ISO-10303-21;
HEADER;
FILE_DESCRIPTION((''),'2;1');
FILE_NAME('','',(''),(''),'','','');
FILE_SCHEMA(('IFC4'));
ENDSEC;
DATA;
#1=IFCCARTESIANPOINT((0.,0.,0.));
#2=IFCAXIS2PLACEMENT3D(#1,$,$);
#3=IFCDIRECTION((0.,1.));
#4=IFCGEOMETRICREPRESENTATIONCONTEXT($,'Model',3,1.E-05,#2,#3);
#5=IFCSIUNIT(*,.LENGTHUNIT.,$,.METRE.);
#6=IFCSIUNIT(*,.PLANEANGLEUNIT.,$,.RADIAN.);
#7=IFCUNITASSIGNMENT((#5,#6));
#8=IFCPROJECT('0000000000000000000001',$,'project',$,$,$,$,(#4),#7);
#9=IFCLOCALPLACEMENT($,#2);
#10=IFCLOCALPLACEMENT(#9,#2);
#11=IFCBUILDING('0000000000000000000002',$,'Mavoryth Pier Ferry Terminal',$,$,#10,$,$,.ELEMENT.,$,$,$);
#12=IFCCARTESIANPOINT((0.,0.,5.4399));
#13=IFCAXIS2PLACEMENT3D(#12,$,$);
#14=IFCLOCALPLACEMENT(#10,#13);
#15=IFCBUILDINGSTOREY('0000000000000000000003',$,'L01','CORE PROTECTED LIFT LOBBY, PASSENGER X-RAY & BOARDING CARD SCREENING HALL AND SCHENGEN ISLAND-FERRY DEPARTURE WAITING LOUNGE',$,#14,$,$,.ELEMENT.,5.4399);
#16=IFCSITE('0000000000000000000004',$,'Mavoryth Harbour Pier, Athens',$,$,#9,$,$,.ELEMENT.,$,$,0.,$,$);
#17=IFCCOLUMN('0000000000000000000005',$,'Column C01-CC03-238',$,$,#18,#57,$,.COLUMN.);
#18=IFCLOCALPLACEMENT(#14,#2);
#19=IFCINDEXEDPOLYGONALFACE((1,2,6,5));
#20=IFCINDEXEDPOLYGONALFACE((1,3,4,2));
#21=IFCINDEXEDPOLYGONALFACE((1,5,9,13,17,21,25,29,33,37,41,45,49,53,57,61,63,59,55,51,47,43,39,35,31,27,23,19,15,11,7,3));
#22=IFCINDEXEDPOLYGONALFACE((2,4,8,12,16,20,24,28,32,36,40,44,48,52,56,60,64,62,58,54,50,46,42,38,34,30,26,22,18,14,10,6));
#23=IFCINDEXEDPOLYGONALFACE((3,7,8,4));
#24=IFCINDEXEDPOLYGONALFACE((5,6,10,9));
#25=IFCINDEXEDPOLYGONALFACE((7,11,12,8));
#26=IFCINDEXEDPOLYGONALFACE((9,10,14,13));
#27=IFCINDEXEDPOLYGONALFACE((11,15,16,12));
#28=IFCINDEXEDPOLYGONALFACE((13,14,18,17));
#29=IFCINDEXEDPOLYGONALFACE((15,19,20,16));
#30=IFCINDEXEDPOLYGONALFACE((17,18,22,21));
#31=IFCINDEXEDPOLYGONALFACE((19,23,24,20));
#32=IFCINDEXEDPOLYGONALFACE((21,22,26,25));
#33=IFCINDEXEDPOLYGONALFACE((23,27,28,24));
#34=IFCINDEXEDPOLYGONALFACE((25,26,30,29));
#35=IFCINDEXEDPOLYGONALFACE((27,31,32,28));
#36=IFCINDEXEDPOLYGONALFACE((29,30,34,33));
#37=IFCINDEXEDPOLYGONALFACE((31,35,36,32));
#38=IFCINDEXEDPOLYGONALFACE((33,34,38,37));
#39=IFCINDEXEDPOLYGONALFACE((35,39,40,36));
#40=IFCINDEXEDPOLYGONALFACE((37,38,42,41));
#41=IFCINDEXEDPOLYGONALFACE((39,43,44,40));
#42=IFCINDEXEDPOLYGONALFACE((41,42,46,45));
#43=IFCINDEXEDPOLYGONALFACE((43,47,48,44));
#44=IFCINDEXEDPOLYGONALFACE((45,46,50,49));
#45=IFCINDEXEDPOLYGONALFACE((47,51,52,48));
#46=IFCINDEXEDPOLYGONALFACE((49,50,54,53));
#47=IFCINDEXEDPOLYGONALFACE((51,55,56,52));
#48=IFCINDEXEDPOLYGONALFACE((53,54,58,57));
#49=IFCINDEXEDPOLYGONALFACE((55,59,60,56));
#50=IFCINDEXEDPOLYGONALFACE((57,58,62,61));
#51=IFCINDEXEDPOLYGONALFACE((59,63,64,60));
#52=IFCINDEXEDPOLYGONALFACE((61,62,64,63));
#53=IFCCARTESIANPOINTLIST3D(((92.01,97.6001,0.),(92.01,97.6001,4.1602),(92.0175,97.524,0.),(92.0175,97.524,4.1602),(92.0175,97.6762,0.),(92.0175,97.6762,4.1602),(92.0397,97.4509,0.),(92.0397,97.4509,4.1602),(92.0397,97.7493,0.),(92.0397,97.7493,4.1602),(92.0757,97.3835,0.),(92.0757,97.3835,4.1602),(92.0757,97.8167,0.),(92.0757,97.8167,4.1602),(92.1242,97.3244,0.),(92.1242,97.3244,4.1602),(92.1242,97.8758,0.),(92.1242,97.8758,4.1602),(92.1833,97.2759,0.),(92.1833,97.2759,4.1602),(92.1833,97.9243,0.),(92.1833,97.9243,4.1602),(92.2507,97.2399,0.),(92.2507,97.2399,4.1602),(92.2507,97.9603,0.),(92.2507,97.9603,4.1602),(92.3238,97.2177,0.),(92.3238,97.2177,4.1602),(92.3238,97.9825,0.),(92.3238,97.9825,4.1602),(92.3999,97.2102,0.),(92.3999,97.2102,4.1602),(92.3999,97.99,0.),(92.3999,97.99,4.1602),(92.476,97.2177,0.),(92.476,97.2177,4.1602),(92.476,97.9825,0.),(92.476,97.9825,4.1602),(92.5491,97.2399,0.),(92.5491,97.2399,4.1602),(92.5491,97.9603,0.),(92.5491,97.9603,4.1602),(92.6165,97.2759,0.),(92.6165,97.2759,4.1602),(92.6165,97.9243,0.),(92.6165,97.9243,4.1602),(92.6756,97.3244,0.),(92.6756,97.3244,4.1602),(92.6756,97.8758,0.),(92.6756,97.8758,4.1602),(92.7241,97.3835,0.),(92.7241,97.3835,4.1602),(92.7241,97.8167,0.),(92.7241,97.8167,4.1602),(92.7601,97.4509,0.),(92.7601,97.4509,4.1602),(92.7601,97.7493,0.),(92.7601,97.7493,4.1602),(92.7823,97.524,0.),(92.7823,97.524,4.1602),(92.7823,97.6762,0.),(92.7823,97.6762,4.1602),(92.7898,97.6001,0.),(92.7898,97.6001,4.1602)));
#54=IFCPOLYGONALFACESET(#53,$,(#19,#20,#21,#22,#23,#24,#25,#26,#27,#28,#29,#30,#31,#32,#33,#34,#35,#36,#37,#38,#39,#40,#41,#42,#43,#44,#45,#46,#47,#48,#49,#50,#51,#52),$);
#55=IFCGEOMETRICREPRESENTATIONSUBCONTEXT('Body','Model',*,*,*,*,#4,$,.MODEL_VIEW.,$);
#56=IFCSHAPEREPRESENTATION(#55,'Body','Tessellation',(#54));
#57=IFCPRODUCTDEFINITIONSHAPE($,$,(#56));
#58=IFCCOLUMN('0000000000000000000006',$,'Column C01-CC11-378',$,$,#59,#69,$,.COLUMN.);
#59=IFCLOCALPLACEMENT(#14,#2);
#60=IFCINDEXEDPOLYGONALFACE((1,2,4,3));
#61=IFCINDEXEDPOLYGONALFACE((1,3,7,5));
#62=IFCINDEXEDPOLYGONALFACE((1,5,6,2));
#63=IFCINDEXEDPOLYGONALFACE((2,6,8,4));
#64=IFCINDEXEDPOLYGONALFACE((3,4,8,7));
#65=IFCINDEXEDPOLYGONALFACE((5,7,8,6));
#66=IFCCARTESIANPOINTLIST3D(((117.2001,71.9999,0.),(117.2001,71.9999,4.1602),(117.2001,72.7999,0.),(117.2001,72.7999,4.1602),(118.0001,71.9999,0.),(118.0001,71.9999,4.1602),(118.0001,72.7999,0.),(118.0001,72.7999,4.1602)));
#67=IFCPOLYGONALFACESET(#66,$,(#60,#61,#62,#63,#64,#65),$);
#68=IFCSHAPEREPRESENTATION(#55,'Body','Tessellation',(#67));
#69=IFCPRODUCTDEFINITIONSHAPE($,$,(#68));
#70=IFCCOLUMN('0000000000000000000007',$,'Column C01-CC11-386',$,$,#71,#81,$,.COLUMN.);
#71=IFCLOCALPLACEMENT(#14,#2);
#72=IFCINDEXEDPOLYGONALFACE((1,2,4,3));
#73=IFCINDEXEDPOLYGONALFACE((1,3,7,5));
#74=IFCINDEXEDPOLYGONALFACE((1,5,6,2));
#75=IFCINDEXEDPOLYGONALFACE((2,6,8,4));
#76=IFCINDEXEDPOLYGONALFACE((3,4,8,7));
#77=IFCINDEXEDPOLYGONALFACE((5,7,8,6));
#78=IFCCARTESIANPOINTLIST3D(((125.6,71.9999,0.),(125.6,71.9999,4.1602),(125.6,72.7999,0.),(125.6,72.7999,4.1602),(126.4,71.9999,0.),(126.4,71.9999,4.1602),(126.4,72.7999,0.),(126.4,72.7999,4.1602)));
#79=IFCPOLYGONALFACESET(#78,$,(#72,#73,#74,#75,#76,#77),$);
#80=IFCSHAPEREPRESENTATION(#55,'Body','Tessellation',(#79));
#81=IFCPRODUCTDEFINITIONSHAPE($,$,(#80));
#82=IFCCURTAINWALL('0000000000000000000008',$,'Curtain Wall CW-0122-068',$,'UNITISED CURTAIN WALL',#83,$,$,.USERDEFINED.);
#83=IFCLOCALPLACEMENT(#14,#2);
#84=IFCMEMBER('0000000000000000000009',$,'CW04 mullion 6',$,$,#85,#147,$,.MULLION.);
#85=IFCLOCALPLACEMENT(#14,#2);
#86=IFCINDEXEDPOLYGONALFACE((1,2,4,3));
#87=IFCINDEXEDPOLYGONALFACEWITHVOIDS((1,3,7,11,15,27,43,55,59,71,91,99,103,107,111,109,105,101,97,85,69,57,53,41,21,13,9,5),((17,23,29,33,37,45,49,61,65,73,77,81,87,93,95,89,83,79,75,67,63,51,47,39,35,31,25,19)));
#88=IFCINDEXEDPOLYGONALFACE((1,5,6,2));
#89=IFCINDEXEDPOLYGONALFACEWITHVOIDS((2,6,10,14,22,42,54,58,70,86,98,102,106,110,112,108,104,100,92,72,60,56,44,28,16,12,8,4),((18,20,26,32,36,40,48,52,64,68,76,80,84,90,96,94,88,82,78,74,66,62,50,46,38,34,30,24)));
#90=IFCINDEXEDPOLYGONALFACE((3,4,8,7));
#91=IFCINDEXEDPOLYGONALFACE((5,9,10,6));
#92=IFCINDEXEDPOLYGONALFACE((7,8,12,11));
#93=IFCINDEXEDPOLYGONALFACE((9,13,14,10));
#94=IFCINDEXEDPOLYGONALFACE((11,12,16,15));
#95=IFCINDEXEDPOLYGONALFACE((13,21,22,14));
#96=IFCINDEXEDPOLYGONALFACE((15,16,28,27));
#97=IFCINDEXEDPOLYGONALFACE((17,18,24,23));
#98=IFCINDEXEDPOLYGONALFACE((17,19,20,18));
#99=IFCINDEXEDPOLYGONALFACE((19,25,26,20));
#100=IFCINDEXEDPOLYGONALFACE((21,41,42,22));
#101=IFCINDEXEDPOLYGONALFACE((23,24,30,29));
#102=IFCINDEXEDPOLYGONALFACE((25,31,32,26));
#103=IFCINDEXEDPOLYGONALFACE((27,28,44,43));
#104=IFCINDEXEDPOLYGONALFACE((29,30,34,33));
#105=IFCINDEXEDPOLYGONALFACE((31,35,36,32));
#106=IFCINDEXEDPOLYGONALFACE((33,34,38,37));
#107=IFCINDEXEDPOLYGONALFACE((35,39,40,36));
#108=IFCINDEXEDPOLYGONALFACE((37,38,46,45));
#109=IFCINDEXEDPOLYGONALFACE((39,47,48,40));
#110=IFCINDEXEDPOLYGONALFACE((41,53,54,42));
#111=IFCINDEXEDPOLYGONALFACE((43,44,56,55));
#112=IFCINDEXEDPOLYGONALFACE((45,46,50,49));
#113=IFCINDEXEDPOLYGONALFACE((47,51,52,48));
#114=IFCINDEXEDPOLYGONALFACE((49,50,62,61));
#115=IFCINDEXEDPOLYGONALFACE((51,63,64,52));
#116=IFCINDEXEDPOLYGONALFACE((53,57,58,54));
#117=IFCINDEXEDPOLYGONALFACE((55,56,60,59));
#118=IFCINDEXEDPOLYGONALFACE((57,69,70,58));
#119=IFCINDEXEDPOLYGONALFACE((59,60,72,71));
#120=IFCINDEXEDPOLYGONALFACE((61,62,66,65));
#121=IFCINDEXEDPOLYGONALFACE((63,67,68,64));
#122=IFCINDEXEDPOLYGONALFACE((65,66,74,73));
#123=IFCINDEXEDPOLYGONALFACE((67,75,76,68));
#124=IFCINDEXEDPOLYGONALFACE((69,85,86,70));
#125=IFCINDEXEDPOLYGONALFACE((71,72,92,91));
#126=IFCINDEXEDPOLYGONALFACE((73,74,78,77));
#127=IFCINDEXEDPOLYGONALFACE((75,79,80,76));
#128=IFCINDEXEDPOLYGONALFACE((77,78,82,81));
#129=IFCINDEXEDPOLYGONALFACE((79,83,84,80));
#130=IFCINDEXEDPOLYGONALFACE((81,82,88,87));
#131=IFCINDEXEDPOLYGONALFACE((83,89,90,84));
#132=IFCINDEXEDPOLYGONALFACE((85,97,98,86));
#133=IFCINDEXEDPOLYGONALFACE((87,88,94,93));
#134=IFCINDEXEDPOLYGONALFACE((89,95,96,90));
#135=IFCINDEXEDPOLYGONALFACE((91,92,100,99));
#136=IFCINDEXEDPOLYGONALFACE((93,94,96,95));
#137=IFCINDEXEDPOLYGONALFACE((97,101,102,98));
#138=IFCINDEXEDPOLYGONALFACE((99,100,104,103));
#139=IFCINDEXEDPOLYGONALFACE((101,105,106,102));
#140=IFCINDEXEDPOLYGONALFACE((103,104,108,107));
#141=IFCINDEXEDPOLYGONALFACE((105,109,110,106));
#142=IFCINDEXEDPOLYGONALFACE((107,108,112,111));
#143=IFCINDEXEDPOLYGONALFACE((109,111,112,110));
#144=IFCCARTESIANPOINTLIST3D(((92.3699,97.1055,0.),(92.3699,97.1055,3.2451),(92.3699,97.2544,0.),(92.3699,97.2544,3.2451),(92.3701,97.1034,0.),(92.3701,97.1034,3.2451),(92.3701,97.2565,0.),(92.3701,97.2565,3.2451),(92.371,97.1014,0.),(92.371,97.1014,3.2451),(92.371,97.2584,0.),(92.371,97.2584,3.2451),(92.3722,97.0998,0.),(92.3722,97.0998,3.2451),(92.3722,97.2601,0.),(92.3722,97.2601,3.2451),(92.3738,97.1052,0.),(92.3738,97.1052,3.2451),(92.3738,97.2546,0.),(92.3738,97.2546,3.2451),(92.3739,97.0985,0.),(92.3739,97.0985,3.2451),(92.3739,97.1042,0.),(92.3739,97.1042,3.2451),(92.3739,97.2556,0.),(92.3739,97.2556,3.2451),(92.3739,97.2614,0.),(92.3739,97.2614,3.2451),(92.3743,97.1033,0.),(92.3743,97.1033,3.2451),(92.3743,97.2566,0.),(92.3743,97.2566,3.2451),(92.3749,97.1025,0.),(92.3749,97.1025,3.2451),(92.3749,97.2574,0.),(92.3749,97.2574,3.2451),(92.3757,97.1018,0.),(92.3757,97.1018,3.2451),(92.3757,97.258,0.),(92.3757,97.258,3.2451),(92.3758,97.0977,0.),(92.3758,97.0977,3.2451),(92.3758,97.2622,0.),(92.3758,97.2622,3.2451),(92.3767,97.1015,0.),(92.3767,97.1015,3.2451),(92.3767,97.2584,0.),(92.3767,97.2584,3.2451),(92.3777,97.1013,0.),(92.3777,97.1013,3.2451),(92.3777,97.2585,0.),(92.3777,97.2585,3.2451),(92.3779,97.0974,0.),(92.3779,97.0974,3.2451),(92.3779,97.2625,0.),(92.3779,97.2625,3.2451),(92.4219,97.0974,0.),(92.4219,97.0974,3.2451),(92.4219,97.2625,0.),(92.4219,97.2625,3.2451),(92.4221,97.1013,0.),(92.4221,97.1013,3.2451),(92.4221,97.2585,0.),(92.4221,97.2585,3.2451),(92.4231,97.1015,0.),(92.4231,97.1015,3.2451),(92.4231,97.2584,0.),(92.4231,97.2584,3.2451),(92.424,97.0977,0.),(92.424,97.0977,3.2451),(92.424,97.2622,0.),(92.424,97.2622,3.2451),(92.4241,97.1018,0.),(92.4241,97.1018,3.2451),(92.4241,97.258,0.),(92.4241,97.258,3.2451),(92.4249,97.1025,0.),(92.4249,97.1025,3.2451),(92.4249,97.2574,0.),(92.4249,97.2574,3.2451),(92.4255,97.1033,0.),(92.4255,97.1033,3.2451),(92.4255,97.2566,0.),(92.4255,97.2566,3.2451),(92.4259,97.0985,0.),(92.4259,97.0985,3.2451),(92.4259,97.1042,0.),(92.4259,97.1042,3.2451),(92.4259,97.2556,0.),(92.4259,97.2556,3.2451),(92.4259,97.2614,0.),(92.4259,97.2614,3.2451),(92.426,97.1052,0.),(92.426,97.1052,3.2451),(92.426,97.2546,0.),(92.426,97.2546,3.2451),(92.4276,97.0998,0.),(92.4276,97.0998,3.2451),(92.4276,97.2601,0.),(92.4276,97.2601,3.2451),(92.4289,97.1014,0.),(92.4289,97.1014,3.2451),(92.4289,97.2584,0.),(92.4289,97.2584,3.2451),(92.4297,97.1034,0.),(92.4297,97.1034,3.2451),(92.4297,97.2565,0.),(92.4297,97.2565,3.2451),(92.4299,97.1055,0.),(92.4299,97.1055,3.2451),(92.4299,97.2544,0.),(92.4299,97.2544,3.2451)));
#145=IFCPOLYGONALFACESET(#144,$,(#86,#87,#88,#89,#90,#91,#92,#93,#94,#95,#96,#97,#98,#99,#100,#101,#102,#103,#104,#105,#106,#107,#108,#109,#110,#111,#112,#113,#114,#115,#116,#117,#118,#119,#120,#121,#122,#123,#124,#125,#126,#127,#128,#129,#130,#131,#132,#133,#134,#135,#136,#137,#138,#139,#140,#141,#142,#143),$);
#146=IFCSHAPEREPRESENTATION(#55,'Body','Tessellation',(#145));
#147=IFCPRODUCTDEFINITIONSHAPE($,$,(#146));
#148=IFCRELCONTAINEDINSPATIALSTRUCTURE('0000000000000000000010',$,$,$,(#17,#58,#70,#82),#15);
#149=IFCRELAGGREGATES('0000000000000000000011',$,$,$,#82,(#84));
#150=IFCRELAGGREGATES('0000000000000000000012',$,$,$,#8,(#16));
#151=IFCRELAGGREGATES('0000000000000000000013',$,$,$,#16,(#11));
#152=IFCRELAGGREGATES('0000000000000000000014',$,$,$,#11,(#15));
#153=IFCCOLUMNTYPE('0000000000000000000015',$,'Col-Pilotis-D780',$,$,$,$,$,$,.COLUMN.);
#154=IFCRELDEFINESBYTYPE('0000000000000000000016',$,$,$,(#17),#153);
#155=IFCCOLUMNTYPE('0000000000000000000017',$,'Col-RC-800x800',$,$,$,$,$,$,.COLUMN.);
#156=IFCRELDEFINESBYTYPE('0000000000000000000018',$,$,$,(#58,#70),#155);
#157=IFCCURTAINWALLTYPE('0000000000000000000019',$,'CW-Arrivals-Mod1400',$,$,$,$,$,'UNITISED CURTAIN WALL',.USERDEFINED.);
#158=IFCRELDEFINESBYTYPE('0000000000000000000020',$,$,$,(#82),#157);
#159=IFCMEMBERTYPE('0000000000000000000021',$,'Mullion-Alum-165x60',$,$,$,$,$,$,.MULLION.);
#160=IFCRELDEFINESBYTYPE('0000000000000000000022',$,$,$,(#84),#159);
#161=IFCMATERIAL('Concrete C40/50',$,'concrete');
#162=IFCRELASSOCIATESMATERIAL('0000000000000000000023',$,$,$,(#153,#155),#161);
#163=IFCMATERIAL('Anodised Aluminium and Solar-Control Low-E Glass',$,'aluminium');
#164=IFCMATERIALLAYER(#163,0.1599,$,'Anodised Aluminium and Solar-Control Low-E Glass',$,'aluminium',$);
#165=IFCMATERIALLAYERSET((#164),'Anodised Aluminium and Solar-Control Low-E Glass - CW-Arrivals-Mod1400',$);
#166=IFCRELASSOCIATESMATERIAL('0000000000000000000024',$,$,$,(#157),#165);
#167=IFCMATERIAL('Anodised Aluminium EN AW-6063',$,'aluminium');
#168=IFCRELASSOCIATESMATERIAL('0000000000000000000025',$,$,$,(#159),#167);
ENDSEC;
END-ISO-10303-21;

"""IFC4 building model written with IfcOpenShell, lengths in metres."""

from ifc_helpers import new_model, si_unit, direction, frame, origin, origin_2d, place, context, subcontext, project, spatial, rectangle, hollow_rectangle, circle, extrude, material, layer, layer_set, material_profile, profile_set, type_object, element, aggregate, save


model = new_model("IFC4")

# Units and contexts
model_context = context("Model", 3, precision=1e-05, world=origin(), true_north=direction((0.0, 1.0)))
body_context = subcontext(model_context, "Body", "Model", "MODEL_VIEW")
ifc_project = project(units=[si_unit("LENGTHUNIT", "METRE"), si_unit("PLANEANGLEUNIT", "RADIAN")], contexts=[model_context])

# Site, building, storey
site_placement = place(None, origin())
site = spatial("IfcSite", under=ifc_project, at=site_placement, Name="Mavoryth Harbour Pier, Athens", CompositionType="ELEMENT", RefElevation=0.0)
building_placement = place(site_placement, origin())
building = spatial("IfcBuilding", under=site, at=building_placement, Name="Mavoryth Pier Ferry Terminal", CompositionType="ELEMENT")
storey_placement = place(building_placement, frame((0.0, 0.0, 5.4399)))
storey = spatial("IfcBuildingStorey", under=building, at=storey_placement, Name="L01", Description="CORE PROTECTED LIFT LOBBY, PASSENGER X-RAY & BOARDING CARD SCREENING HALL AND SCHENGEN ISLAND-FERRY DEPARTURE WAITING LOUNGE", CompositionType="ELEMENT", Elevation=5.4399)

# Columns
ifc_material_1 = material(Name="Concrete C40/50", Category="concrete")
ifc_material_profile_1 = material_profile(ifc_material_1, circle(Radius=0.3899, at=origin_2d()), Name="RC D780", Category="concrete")
ifc_profile_set_1 = profile_set([ifc_material_profile_1], Name="Concrete C40/50 - RC D780")
column_type_1 = type_object("IfcColumnType", Name="Col-Pilotis-D780", PredefinedType="COLUMN", material=ifc_profile_set_1)
column_placement = place(storey_placement, frame((92.3999, 97.6001, 0.0), z_axis=(0.0, 0.0, 1.0), x_axis=(1.0, 0.0, 0.0)))
element("IfcColumn", 1, at=column_placement, inside=storey, type_object=column_type_1, Name="Column C01-CC03-238", PredefinedType="COLUMN", context=body_context, shape_type="SweptSolid", body=[
    extrude(circle(Radius=0.3899, at=origin_2d()), origin(), (0.0, 0.0, 1.0), 4.1602),
])
ifc_material_profile_2 = material_profile(ifc_material_1, rectangle(XDim=0.8, YDim=0.8, at=origin_2d()), Name="RC 800x800", Category="concrete")
ifc_profile_set_2 = profile_set([ifc_material_profile_2], Name="Concrete C40/50 - RC 800x800")
column_type_2 = type_object("IfcColumnType", Name="Col-RC-800x800", PredefinedType="COLUMN", material=ifc_profile_set_2)
for number, where, z_axis, x_axis, name in (
    (2, (117.6001, 72.3999, 0.0), (0.0, 0.0, 1.0), (1.0, 0.0, 0.0), "Column C01-CC11-378"),
    (3, (126.0, 72.3999, 0.0), (0.0, 0.0, 1.0), (1.0, 0.0, 0.0), "Column C01-CC11-386"),
):
    element("IfcColumn", number, at=place(storey_placement, frame(where, z_axis=z_axis, x_axis=x_axis)), inside=storey, type_object=column_type_2, Name=name, PredefinedType="COLUMN", context=body_context, shape_type="SweptSolid", body=[
        extrude(rectangle(XDim=0.8, YDim=0.8, at=origin_2d()), origin(), (0.0, 0.0, 1.0), 4.1602),
    ])

# Curtain wall, member
ifc_material_2 = material(Name="Anodised Aluminium and Solar-Control Low-E Glass", Category="aluminium")
ifc_layer_1 = layer(ifc_material_2, 0.1599, Name="Anodised Aluminium and Solar-Control Low-E Glass", Category="aluminium")
ifc_layer_set_1 = layer_set([ifc_layer_1], Name="Anodised Aluminium and Solar-Control Low-E Glass - CW-Arrivals-Mod1400")
curtain_wall_type = type_object("IfcCurtainWallType", Name="CW-Arrivals-Mod1400", ElementType="UNITISED CURTAIN WALL", PredefinedType="USERDEFINED", material=ifc_layer_set_1)
curtain_wall_1_placement = place(storey_placement, origin())
curtain_wall_1 = element("IfcCurtainWall", 4, at=curtain_wall_1_placement, inside=storey, type_object=curtain_wall_type, Name="Curtain Wall CW-0122-068", ObjectType="UNITISED CURTAIN WALL", PredefinedType="USERDEFINED")
ifc_material_3 = material(Name="Anodised Aluminium EN AW-6063", Category="aluminium")
ifc_material_profile_3 = material_profile(ifc_material_3, hollow_rectangle(XDim=0.0601, YDim=0.165, WallThickness=0.0039, InnerFilletRadius=0.0039, OuterFilletRadius=0.0081, at=origin_2d()), Name="AL-MULL 165x60x4", Category="aluminium")
ifc_profile_set_3 = profile_set([ifc_material_profile_3], Name="Anodised Aluminium EN AW-6063 - AL-MULL 165x60x4")
member_type_1 = type_object("IfcMemberType", Name="Mullion-Alum-165x60", PredefinedType="MULLION", material=ifc_profile_set_3)
member_1_placement = place(storey_placement, frame((92.3999, 97.1799, 0.0), z_axis=(0.0, 0.0, 1.0), x_axis=(-1.0, 0.0, 0.0)))
member_1 = element("IfcMember", 5, at=member_1_placement, type_object=member_type_1, Name="CW04 mullion 6", PredefinedType="MULLION", context=body_context, shape_type="SweptSolid", body=[
    extrude(hollow_rectangle(XDim=0.0601, YDim=0.165, WallThickness=0.0039, InnerFilletRadius=0.0039, OuterFilletRadius=0.0081, at=origin_2d()), origin(), (0.0, 0.0, 1.0), 3.2451),
])

aggregate(curtain_wall_1, [member_1])

save(model, "model.ifc")
